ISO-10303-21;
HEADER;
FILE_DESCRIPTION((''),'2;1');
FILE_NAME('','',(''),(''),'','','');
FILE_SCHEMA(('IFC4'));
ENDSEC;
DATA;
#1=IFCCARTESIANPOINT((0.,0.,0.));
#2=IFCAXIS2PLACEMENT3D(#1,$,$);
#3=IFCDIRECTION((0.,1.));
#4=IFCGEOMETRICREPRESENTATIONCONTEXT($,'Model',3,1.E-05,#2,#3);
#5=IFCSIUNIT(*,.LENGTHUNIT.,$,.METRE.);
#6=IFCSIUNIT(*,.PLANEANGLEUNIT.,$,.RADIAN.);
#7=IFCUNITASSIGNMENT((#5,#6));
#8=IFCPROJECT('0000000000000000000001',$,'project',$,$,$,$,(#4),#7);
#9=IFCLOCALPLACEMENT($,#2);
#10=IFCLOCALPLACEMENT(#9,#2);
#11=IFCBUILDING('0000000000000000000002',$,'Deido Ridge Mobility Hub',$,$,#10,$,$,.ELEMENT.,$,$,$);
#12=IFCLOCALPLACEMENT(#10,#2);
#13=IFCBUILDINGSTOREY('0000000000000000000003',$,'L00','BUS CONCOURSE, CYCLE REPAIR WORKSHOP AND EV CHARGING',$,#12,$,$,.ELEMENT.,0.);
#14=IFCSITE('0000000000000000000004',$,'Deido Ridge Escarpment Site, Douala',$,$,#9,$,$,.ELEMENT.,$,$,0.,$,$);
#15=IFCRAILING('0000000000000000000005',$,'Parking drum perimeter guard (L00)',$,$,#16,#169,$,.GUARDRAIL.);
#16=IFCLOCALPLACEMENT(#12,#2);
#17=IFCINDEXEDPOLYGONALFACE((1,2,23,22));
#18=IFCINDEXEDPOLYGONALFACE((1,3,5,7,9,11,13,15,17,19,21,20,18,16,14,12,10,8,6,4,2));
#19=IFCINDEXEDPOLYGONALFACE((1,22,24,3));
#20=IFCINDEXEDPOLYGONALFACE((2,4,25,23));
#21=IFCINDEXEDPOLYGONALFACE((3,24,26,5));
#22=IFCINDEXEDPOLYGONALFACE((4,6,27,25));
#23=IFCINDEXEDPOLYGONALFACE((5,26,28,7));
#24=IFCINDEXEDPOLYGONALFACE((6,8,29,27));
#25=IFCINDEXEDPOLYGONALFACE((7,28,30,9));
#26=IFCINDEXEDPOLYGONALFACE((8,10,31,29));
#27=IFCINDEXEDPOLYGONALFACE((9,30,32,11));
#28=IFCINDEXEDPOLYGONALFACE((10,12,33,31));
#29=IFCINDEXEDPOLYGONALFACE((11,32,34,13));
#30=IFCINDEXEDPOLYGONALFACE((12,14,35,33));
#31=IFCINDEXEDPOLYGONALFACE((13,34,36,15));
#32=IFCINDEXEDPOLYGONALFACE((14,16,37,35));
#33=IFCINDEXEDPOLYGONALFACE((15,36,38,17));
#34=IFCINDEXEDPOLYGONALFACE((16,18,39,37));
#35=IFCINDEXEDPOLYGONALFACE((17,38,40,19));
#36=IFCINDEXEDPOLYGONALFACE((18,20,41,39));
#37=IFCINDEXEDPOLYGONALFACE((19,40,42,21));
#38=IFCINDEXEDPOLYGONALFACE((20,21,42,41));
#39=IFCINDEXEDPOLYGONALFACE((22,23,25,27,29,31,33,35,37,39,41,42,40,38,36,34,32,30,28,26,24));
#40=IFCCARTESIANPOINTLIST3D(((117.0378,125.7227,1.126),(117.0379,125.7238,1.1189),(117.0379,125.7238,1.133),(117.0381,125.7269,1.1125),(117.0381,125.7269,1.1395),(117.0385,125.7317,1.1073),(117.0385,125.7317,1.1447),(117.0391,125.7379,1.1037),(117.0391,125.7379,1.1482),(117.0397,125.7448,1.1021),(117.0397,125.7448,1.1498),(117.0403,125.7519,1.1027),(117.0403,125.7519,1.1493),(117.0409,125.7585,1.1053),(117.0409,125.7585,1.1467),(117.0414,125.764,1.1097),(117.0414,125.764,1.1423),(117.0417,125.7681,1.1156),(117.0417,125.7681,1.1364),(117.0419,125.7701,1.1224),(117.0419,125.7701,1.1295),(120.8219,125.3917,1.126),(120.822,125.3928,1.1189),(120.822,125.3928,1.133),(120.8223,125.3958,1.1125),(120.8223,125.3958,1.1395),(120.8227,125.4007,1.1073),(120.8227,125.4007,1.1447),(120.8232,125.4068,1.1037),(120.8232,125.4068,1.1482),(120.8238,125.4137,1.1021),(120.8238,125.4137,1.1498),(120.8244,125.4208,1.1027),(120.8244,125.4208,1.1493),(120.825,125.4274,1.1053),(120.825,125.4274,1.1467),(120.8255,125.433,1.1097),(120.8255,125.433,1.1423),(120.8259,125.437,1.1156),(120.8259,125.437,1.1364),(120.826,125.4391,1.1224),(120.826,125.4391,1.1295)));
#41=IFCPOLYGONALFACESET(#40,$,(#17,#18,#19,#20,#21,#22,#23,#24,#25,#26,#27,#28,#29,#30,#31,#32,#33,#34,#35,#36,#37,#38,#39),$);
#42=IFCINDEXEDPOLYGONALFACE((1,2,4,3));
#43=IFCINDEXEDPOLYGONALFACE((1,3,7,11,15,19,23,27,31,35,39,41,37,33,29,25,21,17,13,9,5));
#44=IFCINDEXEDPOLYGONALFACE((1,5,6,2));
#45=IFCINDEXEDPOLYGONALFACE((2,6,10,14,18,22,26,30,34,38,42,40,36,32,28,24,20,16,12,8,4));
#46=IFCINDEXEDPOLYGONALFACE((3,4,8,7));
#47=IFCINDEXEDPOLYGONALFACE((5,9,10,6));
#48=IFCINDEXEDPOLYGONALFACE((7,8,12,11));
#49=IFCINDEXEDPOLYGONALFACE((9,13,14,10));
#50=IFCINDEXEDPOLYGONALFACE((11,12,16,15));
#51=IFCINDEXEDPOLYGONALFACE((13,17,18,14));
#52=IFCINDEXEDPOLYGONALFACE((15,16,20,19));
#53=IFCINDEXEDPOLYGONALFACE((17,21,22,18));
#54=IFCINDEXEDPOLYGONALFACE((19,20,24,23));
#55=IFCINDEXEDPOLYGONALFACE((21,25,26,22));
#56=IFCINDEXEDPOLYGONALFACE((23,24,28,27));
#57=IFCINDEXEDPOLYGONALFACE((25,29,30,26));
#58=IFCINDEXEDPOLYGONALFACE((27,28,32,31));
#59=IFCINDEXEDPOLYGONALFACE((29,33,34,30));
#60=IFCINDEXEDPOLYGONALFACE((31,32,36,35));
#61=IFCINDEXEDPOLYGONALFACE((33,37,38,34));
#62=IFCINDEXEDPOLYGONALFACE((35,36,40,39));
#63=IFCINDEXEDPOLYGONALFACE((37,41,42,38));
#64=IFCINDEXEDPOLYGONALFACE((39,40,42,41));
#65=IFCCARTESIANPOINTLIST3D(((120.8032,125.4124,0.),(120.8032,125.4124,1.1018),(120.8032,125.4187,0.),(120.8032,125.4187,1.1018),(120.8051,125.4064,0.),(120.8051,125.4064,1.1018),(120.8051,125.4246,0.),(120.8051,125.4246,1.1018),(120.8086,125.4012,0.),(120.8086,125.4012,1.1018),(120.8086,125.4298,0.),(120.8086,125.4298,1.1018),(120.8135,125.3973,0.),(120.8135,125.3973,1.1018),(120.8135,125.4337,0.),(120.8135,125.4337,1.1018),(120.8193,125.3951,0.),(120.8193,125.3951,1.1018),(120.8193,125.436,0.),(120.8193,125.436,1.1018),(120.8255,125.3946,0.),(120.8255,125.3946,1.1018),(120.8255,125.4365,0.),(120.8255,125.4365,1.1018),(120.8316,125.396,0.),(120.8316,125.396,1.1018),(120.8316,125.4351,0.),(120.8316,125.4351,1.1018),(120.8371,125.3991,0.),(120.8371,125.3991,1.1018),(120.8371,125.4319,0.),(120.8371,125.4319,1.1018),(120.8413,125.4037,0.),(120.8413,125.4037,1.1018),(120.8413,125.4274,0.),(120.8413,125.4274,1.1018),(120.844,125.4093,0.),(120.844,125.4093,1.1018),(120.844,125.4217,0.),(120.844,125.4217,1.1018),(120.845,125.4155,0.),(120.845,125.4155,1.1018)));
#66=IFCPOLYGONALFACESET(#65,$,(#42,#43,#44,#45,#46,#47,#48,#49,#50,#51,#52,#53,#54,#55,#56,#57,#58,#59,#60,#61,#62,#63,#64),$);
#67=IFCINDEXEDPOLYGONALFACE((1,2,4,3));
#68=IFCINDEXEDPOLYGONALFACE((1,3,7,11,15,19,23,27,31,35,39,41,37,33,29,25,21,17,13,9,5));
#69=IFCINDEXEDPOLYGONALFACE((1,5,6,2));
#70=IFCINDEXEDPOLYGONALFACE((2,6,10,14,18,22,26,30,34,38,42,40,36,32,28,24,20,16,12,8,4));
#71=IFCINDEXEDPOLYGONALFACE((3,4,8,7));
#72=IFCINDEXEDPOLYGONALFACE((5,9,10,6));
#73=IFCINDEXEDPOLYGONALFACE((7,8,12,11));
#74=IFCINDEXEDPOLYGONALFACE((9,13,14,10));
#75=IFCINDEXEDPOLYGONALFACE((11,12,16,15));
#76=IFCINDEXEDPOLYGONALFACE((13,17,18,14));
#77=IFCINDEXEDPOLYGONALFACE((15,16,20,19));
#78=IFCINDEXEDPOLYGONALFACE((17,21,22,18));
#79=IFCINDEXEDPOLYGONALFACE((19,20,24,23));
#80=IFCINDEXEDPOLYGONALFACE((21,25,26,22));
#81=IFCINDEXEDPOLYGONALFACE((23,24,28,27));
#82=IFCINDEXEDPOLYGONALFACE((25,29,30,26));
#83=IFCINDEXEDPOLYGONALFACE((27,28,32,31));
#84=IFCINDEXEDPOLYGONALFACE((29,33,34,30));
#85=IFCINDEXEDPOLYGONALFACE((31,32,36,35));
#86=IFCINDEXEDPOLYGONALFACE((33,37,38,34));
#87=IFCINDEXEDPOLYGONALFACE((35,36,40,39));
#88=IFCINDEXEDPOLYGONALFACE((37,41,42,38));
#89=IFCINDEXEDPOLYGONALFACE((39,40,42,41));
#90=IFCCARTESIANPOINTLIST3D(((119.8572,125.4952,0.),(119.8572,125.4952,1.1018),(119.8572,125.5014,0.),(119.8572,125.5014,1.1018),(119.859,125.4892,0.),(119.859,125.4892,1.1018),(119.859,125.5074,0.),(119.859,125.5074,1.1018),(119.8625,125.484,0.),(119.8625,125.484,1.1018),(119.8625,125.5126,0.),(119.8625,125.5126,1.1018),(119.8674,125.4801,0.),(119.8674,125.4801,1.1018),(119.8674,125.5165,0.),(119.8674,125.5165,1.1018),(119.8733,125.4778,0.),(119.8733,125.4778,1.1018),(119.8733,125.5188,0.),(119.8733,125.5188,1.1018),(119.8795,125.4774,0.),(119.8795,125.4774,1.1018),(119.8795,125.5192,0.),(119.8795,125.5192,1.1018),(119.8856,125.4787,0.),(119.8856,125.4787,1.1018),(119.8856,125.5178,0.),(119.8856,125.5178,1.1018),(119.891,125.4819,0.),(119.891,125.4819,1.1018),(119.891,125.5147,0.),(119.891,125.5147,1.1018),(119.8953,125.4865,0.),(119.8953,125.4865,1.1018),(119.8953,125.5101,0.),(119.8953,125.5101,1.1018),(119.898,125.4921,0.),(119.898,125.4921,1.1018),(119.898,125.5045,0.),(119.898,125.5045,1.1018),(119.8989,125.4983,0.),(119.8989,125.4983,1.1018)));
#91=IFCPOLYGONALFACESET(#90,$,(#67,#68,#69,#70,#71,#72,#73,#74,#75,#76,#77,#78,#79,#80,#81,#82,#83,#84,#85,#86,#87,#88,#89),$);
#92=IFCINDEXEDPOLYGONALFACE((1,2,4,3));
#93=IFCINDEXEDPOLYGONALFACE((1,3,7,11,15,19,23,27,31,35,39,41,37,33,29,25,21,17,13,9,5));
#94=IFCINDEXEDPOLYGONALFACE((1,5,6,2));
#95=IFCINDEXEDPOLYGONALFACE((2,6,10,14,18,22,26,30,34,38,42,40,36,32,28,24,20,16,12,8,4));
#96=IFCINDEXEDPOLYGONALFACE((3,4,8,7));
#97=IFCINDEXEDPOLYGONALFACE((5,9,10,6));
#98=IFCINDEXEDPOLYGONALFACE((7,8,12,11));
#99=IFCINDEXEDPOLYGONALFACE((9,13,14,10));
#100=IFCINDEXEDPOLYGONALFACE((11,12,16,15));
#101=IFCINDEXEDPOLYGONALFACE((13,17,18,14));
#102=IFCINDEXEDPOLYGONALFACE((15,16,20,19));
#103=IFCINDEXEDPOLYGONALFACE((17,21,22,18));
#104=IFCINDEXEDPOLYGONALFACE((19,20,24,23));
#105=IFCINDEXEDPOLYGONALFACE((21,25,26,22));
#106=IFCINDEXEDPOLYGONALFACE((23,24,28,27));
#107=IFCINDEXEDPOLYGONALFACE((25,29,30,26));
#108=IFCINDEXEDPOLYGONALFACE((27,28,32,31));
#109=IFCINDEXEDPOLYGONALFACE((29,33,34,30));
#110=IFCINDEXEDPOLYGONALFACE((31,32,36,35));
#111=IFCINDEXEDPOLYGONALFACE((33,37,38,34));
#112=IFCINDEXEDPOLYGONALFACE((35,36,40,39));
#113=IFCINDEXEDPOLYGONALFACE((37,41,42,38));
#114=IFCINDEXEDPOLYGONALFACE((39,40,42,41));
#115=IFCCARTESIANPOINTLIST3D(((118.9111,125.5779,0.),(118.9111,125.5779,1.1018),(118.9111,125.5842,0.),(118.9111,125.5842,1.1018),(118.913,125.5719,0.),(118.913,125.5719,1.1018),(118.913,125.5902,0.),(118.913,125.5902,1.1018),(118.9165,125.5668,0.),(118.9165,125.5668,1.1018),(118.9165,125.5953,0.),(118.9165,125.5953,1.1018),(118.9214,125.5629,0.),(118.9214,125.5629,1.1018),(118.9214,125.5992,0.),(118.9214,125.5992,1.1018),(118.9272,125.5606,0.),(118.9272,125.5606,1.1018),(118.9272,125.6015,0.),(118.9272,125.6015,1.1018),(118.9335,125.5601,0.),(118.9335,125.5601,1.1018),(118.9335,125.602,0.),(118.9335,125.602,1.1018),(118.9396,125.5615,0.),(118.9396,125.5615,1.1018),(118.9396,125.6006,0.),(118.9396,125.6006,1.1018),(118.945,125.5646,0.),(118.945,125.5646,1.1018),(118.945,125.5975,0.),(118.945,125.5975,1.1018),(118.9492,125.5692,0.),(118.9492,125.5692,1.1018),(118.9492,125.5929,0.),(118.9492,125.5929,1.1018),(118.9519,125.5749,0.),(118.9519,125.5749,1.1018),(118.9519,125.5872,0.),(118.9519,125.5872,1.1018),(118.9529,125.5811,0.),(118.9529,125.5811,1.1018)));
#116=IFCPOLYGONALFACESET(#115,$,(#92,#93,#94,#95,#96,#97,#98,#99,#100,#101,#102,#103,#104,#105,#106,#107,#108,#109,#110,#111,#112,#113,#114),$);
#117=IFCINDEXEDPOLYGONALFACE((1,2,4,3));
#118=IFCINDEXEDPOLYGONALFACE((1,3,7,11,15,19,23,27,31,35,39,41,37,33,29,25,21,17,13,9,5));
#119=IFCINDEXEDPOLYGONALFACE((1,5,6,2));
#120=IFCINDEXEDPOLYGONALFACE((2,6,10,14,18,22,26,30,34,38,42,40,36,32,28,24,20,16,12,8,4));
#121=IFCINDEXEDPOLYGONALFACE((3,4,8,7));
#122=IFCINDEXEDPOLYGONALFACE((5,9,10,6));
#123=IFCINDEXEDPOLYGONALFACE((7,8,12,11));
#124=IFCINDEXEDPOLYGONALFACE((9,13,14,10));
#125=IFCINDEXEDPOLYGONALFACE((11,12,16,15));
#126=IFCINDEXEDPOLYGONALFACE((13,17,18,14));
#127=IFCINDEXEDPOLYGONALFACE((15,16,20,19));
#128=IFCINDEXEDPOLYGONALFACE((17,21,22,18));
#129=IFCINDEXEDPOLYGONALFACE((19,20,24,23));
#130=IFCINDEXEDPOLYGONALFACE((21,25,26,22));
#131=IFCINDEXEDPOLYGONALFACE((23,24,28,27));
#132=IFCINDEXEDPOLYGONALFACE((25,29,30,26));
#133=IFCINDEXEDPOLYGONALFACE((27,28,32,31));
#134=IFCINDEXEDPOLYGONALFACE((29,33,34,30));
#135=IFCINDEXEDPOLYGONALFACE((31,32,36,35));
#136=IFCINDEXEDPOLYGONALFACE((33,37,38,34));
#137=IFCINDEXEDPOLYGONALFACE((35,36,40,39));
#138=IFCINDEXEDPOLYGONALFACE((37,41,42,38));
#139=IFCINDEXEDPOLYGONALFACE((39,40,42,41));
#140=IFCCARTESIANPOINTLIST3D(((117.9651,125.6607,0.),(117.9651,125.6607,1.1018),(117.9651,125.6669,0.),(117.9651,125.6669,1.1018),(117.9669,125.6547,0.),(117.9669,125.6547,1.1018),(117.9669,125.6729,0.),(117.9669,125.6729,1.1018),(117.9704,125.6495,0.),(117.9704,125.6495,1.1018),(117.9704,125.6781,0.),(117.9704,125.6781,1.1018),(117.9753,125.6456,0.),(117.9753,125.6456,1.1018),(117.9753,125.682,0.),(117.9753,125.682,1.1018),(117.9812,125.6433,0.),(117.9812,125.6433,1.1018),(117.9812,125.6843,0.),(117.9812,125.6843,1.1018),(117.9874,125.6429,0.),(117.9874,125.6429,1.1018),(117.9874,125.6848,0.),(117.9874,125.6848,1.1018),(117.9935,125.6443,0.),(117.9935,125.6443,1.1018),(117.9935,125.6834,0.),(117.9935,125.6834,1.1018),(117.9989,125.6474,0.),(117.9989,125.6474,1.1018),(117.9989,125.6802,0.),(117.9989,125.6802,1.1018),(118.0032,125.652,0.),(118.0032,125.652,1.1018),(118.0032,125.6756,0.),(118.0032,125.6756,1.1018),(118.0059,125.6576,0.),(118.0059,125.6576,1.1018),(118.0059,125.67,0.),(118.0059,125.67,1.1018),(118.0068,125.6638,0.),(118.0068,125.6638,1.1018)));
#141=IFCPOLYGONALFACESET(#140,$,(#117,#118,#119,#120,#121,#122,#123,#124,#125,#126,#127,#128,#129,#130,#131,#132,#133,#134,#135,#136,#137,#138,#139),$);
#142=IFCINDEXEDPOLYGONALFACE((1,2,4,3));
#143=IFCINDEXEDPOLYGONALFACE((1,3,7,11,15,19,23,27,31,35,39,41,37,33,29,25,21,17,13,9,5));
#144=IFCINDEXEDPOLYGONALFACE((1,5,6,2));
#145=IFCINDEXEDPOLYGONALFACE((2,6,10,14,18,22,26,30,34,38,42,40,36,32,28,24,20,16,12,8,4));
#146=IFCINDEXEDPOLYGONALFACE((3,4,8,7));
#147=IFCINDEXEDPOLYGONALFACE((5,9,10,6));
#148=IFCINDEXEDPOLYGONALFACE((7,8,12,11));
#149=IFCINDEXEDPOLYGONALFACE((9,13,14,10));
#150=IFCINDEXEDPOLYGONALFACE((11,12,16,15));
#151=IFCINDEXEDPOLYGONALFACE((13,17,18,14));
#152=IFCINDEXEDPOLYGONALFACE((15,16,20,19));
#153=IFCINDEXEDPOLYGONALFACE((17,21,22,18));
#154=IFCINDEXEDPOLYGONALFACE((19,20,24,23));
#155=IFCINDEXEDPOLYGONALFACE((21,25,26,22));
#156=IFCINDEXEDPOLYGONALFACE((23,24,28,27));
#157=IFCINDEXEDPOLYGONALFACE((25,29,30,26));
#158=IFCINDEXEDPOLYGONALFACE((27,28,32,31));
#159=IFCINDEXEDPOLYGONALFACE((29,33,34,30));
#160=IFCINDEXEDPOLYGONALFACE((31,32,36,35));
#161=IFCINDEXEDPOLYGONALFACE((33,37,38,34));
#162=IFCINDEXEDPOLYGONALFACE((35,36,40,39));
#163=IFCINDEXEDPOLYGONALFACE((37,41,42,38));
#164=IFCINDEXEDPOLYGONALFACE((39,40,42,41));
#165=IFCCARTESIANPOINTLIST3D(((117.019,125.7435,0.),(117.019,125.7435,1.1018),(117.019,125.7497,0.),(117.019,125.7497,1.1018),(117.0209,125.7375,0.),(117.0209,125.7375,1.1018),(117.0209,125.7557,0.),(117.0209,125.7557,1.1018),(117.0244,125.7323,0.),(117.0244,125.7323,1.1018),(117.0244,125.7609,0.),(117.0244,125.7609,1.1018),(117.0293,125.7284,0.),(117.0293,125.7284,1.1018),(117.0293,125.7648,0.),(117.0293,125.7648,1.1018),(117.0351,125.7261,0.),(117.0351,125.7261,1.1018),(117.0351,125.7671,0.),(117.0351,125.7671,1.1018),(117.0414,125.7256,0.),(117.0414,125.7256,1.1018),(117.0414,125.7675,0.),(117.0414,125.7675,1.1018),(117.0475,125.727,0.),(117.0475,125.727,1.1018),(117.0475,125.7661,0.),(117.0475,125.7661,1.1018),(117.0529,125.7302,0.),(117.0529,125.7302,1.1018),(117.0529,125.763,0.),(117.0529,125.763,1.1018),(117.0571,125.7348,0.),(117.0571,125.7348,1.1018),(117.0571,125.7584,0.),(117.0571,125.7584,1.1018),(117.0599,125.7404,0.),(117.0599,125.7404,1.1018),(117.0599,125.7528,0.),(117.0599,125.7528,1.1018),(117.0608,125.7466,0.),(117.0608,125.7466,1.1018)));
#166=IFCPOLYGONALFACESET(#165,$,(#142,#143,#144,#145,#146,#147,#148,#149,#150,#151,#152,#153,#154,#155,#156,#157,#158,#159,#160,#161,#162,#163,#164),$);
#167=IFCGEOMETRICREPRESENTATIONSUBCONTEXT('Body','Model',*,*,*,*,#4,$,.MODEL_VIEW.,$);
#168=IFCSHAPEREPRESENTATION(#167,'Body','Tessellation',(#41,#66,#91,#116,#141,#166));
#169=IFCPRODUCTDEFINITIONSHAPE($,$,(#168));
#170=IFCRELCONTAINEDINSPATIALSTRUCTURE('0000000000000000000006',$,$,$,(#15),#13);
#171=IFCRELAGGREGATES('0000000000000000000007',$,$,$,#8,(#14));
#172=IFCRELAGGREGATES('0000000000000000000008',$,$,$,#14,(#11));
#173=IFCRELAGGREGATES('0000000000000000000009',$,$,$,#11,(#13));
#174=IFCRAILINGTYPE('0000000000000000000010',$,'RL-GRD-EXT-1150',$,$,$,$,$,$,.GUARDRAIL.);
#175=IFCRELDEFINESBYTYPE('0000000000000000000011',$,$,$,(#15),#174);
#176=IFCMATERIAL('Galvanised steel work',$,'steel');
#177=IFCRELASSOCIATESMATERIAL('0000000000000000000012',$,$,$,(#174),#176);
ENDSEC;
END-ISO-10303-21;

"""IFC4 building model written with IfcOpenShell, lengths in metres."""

from ifc_helpers import new_model, si_unit, direction, frame, origin, origin_2d, place, context, subcontext, project, spatial, circle, extrude, material, type_object, element, save


model = new_model("IFC4")

# Units and contexts
model_context = context("Model", 3, precision=1e-05, world=origin(), true_north=direction((0.0, 1.0)))
body_context = subcontext(model_context, "Body", "Model", "MODEL_VIEW")
ifc_project = project(units=[si_unit("LENGTHUNIT", "METRE"), si_unit("PLANEANGLEUNIT", "RADIAN")], contexts=[model_context])

# Site, building, storey
site_placement = place(None, origin())
site = spatial("IfcSite", under=ifc_project, at=site_placement, Name="Deido Ridge Escarpment Site, Douala", CompositionType="ELEMENT", RefElevation=0.0)
building_placement = place(site_placement, origin())
building = spatial("IfcBuilding", under=site, at=building_placement, Name="Deido Ridge Mobility Hub", CompositionType="ELEMENT")
storey_placement = place(building_placement, origin())
storey = spatial("IfcBuildingStorey", under=building, at=storey_placement, Name="L00", Description="BUS CONCOURSE, CYCLE REPAIR WORKSHOP AND EV CHARGING", CompositionType="ELEMENT", Elevation=0.0)

# Railing
ifc_material_1 = material(Name="Galvanised steel work", Category="steel")
railing_type = type_object("IfcRailingType", Name="RL-GRD-EXT-1150", PredefinedType="GUARDRAIL", material=ifc_material_1)
railing_1_placement = place(storey_placement, frame((120.824, 125.4155, 0.0)))
element("IfcRailing", 1, at=railing_1_placement, inside=storey, type_object=railing_type, Name="Parking drum perimeter guard (L00)", PredefinedType="GUARDRAIL", context=body_context, shape_type="SweptSolid", body=[
    extrude(circle(Radius=0.0239, at=origin_2d()), frame((0.0, 0.0, 1.126), z_axis=(-0.996195, 0.087151, 0.0), x_axis=(-0.087151, -0.996195, 0.0)), (0.0, 0.0, 1.0), 3.7986),
    extrude(circle(Radius=0.021, at=origin_2d()), origin(), (0.0, 0.0, 1.0), 1.1018),
    extrude(circle(Radius=0.021, at=origin_2d()), frame((-0.946, 0.0828, 0.0)), (0.0, 0.0, 1.0), 1.1018),
    extrude(circle(Radius=0.021, at=origin_2d()), frame((-1.8921, 0.1655, 0.0)), (0.0, 0.0, 1.0), 1.1018),
    extrude(circle(Radius=0.021, at=origin_2d()), frame((-2.8381, 0.2483, 0.0)), (0.0, 0.0, 1.0), 1.1018),
    extrude(circle(Radius=0.021, at=origin_2d()), frame((-3.7842, 0.3311, 0.0)), (0.0, 0.0, 1.0), 1.1018),
])

save(model, "model.ifc")
